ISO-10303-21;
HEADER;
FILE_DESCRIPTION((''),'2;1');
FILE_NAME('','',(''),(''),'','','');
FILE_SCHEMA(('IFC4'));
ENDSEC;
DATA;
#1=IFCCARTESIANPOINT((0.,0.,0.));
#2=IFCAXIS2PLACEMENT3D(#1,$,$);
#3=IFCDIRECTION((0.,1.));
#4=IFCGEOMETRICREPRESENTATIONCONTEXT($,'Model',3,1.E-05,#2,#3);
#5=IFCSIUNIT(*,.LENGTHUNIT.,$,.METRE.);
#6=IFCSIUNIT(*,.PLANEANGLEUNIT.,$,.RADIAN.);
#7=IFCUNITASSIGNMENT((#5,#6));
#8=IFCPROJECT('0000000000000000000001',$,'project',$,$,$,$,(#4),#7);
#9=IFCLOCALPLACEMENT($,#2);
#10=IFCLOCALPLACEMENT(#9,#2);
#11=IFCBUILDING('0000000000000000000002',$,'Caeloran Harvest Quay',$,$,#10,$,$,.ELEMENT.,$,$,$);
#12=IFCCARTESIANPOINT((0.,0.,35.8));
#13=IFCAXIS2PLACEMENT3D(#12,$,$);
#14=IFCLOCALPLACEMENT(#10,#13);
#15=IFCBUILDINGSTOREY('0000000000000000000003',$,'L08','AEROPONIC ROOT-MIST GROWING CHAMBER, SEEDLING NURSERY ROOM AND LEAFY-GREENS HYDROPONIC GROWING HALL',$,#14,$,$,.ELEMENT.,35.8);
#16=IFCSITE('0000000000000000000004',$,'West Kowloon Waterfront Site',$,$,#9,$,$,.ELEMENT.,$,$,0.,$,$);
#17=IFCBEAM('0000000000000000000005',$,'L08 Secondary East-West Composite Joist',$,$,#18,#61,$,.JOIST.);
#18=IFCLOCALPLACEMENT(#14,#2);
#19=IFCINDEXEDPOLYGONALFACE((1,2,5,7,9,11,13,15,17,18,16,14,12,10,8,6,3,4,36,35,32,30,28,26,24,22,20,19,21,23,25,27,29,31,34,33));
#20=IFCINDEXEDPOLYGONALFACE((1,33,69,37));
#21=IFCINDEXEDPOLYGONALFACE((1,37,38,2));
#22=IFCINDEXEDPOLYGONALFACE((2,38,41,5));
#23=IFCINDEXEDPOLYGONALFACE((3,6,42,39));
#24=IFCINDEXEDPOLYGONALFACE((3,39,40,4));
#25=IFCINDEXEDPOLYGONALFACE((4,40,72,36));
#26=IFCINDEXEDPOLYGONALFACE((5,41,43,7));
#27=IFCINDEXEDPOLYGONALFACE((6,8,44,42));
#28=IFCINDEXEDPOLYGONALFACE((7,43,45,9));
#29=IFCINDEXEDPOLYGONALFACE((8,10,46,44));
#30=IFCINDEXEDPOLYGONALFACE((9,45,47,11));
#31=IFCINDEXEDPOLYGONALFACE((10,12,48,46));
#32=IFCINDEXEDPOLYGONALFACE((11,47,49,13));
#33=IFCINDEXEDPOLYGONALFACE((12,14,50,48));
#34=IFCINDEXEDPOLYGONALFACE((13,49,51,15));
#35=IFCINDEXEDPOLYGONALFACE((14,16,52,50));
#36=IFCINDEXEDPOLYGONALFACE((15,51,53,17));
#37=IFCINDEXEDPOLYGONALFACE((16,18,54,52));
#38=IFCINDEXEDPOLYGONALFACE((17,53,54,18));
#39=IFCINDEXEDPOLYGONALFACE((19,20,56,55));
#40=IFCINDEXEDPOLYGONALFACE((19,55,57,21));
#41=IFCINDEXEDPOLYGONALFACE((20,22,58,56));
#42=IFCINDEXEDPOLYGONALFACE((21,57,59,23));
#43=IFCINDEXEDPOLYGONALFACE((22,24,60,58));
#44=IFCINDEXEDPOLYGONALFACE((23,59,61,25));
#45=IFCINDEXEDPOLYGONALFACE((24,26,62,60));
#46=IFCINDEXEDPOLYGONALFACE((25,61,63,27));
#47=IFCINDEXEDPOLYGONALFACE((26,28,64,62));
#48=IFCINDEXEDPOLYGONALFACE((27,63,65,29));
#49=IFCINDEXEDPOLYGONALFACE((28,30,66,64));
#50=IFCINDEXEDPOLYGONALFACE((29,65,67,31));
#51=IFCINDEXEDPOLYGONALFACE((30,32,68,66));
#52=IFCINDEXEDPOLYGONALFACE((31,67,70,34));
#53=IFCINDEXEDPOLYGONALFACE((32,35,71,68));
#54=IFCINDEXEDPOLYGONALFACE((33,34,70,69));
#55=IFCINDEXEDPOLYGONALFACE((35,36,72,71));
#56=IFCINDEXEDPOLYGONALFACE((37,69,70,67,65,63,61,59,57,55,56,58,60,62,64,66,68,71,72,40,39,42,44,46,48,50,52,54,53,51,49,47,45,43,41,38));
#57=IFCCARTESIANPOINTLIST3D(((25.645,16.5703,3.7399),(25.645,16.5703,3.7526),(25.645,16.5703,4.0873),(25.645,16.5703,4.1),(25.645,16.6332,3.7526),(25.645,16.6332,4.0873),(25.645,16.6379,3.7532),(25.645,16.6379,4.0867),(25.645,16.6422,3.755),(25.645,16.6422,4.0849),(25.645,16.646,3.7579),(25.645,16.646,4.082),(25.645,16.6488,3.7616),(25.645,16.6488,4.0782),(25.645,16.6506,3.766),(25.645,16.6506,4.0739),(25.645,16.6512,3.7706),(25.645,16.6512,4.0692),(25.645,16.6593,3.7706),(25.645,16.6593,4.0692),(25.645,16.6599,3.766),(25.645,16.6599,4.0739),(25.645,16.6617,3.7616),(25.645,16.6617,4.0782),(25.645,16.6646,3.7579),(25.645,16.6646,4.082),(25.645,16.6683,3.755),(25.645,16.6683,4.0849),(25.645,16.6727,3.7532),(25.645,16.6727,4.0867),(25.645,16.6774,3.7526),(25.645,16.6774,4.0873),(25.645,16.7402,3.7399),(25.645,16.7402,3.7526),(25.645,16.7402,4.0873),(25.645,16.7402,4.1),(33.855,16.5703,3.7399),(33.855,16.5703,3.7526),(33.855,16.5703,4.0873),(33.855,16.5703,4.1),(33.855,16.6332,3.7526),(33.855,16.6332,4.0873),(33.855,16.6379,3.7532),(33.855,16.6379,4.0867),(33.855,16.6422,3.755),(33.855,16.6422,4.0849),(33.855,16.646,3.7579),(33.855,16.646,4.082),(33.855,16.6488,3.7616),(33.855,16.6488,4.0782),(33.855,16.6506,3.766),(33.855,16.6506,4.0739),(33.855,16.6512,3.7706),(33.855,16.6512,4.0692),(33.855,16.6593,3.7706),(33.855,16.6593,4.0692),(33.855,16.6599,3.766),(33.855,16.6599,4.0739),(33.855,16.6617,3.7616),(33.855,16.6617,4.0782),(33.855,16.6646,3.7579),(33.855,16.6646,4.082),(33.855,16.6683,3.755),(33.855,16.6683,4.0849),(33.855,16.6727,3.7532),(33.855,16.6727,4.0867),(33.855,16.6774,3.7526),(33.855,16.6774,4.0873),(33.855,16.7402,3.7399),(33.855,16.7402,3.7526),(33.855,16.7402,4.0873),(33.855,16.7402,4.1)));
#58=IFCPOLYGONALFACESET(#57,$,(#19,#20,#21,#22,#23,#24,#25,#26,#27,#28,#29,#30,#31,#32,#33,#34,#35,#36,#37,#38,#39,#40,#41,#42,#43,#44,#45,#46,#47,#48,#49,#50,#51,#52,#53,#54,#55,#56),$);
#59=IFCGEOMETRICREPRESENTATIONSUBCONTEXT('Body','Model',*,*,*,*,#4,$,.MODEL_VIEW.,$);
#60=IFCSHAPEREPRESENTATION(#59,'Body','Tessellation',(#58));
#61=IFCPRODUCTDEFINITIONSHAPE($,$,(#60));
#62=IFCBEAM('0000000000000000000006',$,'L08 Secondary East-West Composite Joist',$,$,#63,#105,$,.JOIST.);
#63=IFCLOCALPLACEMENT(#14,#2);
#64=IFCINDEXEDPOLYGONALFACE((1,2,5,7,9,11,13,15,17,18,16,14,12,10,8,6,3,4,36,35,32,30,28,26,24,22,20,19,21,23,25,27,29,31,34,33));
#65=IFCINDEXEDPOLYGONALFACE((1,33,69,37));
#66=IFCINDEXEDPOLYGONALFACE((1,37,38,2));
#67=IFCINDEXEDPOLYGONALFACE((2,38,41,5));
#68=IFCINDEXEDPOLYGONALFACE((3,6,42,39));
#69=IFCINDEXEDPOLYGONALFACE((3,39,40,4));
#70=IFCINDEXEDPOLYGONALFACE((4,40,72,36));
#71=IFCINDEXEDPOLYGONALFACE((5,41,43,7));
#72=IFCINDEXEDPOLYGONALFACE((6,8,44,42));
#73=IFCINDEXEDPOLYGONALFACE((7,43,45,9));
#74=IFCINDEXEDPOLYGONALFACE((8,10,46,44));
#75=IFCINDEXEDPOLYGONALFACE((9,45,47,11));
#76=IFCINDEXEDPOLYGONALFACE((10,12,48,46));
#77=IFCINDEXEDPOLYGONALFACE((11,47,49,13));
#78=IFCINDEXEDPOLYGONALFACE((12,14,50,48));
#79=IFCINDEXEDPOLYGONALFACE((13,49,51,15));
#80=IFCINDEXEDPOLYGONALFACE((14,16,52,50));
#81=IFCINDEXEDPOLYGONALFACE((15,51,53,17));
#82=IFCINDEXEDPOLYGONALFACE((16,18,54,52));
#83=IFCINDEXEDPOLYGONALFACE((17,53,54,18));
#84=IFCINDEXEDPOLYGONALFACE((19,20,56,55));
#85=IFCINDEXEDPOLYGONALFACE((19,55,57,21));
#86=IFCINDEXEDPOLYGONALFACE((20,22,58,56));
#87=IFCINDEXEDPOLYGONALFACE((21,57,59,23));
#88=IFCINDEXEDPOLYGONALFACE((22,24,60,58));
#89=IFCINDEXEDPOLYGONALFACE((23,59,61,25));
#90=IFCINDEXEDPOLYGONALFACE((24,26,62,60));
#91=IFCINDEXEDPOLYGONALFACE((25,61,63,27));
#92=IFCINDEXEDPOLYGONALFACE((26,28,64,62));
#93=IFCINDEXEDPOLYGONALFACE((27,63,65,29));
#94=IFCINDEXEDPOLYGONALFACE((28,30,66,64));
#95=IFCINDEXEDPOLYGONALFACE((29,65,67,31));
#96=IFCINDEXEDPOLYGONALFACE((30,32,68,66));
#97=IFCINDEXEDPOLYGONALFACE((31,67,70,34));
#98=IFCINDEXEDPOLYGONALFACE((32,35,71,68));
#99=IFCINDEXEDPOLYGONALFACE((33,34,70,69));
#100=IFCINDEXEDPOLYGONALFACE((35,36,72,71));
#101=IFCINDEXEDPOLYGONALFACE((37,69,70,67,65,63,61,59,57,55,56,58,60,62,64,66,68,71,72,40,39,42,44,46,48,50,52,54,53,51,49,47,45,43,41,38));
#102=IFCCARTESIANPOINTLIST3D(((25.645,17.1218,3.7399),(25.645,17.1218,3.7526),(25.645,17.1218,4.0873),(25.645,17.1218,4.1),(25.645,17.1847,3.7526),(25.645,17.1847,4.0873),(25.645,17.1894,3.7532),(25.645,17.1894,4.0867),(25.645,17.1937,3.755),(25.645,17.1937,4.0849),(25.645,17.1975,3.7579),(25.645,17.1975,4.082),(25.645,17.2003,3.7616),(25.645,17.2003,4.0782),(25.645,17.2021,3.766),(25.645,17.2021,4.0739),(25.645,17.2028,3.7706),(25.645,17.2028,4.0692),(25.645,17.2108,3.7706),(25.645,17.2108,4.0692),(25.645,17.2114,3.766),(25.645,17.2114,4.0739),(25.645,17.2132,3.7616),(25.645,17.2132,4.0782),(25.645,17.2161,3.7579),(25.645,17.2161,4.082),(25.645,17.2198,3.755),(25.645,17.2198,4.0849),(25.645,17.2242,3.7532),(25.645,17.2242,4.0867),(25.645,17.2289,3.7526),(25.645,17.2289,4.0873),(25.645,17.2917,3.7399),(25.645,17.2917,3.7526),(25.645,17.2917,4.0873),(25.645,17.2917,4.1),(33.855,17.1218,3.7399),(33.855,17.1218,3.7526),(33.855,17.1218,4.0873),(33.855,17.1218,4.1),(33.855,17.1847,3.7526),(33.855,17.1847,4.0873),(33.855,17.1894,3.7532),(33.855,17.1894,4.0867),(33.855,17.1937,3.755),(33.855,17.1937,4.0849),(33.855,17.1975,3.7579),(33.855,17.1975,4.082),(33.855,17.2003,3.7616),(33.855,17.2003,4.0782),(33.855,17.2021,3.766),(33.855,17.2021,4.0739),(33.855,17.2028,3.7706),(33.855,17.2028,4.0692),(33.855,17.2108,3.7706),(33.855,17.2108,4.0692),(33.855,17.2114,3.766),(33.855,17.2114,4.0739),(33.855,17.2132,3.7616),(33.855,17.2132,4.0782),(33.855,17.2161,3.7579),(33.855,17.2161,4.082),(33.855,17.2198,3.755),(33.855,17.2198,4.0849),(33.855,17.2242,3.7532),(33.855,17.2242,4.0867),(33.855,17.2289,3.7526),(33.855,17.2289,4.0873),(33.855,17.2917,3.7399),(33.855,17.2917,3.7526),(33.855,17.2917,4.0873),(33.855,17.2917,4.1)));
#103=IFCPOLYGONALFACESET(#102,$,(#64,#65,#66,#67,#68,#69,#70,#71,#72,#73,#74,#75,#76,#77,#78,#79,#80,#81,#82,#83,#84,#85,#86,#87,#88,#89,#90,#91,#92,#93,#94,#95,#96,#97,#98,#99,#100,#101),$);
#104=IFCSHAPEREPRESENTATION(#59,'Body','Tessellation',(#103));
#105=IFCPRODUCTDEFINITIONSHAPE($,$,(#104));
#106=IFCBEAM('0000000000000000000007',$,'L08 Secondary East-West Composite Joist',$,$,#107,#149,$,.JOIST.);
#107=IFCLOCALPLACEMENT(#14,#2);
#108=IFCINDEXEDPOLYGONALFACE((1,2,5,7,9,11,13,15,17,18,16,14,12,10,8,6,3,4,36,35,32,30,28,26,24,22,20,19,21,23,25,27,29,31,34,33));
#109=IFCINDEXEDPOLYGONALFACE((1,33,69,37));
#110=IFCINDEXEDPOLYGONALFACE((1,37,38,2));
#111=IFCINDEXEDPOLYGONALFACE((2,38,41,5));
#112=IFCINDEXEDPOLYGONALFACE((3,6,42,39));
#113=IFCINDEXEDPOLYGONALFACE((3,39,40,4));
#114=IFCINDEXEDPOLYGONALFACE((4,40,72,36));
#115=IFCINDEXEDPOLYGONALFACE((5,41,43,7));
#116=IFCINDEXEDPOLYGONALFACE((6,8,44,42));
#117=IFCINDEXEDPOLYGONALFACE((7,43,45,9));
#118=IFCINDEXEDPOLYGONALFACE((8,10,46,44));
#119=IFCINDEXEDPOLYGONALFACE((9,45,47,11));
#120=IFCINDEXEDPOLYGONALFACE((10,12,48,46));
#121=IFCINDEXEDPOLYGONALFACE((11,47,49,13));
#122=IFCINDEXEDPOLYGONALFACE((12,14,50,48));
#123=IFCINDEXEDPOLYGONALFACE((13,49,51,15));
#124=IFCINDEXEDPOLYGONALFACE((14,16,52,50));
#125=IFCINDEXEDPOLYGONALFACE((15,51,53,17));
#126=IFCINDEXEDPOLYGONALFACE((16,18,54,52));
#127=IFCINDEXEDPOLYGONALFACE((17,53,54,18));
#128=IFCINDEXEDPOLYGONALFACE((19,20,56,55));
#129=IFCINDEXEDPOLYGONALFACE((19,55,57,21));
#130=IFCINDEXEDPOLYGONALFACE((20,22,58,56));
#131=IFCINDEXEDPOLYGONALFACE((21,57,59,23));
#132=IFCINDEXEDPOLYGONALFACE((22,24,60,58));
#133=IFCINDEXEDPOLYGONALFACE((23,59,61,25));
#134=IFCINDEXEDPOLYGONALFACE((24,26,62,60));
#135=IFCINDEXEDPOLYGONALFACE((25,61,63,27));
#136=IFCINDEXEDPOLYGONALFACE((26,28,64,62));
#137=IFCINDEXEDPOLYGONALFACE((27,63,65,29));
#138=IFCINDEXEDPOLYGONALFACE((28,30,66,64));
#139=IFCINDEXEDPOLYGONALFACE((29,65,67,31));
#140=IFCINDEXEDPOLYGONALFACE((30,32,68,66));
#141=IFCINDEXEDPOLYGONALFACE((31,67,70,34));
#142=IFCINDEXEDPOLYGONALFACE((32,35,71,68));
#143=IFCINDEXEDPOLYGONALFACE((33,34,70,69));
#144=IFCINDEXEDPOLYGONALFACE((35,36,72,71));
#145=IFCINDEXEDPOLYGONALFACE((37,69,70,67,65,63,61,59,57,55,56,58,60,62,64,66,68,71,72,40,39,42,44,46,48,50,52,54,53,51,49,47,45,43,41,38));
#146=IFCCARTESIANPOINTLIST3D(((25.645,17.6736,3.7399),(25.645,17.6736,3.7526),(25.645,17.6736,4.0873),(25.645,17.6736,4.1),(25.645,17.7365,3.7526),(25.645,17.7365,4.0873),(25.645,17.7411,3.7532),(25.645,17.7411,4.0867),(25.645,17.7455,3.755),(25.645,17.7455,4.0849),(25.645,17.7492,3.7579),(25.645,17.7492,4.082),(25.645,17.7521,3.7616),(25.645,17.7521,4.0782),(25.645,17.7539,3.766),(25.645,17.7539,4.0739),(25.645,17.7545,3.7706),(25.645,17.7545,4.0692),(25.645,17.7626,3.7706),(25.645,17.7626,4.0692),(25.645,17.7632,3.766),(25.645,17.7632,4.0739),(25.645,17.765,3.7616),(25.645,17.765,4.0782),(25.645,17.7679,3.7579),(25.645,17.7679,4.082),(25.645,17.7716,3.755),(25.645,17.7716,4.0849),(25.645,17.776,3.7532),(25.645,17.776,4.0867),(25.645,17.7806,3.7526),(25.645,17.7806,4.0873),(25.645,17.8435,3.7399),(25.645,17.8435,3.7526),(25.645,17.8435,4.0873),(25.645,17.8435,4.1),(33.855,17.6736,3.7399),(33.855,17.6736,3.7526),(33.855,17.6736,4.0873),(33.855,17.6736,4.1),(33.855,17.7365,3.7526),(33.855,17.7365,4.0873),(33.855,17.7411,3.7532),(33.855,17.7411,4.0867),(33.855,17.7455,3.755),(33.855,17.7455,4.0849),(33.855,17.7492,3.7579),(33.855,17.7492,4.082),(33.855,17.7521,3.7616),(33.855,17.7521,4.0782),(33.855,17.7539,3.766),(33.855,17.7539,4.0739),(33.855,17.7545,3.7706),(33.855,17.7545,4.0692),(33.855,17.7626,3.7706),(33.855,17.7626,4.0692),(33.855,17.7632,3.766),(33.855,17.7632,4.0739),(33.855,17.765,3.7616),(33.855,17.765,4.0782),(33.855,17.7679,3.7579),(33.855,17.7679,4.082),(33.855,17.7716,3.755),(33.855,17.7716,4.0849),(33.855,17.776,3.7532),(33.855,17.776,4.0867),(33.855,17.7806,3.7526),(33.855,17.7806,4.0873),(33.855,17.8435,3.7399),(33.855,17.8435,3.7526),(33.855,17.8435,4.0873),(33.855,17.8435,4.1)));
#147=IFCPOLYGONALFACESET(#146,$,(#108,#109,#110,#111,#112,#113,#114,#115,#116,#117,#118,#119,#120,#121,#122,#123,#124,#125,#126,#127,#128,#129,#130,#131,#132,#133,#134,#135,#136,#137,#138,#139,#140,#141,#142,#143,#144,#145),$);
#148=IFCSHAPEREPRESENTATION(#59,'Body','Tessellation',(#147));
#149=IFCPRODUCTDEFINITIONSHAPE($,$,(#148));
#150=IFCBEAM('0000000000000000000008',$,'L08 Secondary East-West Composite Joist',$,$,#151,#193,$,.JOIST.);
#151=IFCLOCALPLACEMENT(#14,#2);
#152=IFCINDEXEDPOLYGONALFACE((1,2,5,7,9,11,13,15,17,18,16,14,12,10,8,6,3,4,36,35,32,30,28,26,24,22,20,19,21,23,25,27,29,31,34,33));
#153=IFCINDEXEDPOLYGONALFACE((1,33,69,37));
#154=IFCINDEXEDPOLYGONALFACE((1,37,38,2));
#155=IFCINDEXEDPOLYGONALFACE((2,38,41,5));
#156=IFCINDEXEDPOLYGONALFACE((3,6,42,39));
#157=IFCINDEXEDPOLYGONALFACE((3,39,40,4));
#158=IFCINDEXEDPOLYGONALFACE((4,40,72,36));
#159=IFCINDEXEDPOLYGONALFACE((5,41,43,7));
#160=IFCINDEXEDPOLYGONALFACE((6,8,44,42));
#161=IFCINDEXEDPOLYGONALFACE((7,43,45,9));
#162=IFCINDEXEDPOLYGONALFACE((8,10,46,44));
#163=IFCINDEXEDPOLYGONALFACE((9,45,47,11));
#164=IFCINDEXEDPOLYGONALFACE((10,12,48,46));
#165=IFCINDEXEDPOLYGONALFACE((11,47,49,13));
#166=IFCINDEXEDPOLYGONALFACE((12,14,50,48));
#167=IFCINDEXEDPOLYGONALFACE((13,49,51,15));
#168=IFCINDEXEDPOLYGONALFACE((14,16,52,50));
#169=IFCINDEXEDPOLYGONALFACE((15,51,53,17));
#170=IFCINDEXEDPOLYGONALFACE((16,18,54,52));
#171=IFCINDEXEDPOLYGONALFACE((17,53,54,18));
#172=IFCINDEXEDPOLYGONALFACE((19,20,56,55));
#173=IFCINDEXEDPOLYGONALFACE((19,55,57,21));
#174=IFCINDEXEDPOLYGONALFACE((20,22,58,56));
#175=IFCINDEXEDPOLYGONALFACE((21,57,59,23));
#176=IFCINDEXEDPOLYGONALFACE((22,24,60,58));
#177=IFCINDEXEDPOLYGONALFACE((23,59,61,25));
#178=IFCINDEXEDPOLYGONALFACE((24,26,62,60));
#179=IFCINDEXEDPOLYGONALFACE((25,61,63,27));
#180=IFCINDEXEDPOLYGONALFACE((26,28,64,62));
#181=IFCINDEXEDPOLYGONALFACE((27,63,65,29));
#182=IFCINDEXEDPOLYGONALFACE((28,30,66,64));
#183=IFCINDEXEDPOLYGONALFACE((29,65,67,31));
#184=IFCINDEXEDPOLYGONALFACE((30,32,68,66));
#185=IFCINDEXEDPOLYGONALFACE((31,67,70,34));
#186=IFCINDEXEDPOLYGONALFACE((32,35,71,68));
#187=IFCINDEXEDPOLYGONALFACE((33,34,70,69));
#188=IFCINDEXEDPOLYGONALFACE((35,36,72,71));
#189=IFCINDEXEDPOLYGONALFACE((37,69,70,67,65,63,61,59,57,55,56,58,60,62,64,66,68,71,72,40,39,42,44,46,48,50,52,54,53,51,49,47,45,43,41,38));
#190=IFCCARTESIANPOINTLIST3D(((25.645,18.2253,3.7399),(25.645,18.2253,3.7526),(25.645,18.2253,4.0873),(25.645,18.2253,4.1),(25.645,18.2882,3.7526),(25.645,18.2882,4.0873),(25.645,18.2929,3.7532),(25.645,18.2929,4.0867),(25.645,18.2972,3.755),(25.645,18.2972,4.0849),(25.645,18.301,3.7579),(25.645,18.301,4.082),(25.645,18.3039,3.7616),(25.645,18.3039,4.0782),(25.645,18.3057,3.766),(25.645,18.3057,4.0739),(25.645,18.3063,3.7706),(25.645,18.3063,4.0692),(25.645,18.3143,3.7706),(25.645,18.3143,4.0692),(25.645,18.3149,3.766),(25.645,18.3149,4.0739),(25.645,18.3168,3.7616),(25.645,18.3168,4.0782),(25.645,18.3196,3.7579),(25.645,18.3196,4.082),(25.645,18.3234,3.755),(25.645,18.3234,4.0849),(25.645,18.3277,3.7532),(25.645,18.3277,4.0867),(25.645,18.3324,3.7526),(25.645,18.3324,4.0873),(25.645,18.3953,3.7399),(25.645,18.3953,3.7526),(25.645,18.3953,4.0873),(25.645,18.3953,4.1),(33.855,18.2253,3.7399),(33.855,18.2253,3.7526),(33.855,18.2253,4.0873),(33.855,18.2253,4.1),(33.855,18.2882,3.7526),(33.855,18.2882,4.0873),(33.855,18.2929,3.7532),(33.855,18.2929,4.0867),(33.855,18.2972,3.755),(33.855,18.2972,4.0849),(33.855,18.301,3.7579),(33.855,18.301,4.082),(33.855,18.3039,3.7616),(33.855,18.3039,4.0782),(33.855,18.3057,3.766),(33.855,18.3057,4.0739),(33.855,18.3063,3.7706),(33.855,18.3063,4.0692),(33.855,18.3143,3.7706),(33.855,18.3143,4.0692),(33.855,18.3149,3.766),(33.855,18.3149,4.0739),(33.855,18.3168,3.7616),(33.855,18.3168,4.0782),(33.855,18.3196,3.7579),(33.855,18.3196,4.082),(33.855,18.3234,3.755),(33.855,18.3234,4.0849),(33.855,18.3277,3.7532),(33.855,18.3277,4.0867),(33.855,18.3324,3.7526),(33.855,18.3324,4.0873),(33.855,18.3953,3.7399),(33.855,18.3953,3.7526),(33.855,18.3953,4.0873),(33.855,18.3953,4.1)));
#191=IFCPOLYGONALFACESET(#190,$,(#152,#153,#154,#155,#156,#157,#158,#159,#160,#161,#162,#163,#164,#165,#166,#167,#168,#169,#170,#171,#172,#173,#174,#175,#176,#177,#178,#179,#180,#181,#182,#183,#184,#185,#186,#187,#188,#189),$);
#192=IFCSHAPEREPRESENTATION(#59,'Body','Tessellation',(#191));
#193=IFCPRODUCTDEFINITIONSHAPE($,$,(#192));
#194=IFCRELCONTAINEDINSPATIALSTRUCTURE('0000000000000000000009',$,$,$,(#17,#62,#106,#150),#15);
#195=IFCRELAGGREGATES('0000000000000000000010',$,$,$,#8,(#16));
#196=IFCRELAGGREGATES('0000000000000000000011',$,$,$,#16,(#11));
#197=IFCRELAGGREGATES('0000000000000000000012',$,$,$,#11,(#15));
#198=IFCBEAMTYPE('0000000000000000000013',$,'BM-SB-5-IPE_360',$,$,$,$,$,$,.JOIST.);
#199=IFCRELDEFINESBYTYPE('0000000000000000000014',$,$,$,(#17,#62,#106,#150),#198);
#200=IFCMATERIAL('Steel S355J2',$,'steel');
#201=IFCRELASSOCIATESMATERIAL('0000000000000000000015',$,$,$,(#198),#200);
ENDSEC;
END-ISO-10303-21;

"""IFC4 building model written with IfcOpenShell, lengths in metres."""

from ifc_helpers import new_model, si_unit, direction, frame, origin, origin_2d, place, context, subcontext, project, spatial, i_section, extrude, material, material_profile, profile_set, type_object, element, save


model = new_model("IFC4")

# Units and contexts
model_context = context("Model", 3, precision=1e-05, world=origin(), true_north=direction((0.0, 1.0)))
body_context = subcontext(model_context, "Body", "Model", "MODEL_VIEW")
ifc_project = project(units=[si_unit("LENGTHUNIT", "METRE"), si_unit("PLANEANGLEUNIT", "RADIAN")], contexts=[model_context])

# Site, building, storey
site_placement = place(None, origin())
site = spatial("IfcSite", under=ifc_project, at=site_placement, Name="West Kowloon Waterfront Site", CompositionType="ELEMENT", RefElevation=0.0)
building_placement = place(site_placement, origin())
building = spatial("IfcBuilding", under=site, at=building_placement, Name="Caeloran Harvest Quay", CompositionType="ELEMENT")
storey_placement = place(building_placement, frame((0.0, 0.0, 35.8)))
storey = spatial("IfcBuildingStorey", under=building, at=storey_placement, Name="L08", Description="AEROPONIC ROOT-MIST GROWING CHAMBER, SEEDLING NURSERY ROOM AND LEAFY-GREENS HYDROPONIC GROWING HALL", CompositionType="ELEMENT", Elevation=35.8)

# Beams
ifc_material_1 = material(Name="Steel S355J2", Category="steel")
ifc_material_profile_1 = material_profile(ifc_material_1, i_section(OverallWidth=0.1699, OverallDepth=0.3601, WebThickness=0.0081, FlangeThickness=0.0127, FilletRadius=0.0181, at=origin_2d()), Name="IPE 360")
ifc_profile_set_1 = profile_set([ifc_material_profile_1], Name="Steel S355J2")
beam_type_1 = type_object("IfcBeamType", Name="BM-SB-5-IPE_360", PredefinedType="JOIST", material=ifc_profile_set_1)
for number, where, z_axis, x_axis, name in (
    (1, (25.645, 16.6553, 3.9199), (1.0, 0.0, 0.0), (0.0, 1.0, 0.0), "L08 Secondary East-West Composite Joist"),
    (2, (25.645, 17.2068, 3.9199), (1.0, 0.0, 0.0), (0.0, 1.0, 0.0), "L08 Secondary East-West Composite Joist"),
    (3, (25.645, 17.7585, 3.9199), (1.0, 0.0, 0.0), (0.0, 1.0, 0.0), "L08 Secondary East-West Composite Joist"),
    (4, (25.645, 18.3103, 3.9199), (1.0, 0.0, 0.0), (0.0, 1.0, 0.0), "L08 Secondary East-West Composite Joist"),
):
    element("IfcBeam", number, at=place(storey_placement, frame(where, z_axis=z_axis, x_axis=x_axis)), inside=storey, type_object=beam_type_1, Name=name, PredefinedType="JOIST", context=body_context, shape_type="SweptSolid", body=[
        extrude(i_section(OverallWidth=0.1699, OverallDepth=0.3601, WebThickness=0.0081, FlangeThickness=0.0127, FilletRadius=0.0181, at=origin_2d()), origin(), (0.0, 0.0, 1.0), 8.21),
    ])

save(model, "model.ifc")
